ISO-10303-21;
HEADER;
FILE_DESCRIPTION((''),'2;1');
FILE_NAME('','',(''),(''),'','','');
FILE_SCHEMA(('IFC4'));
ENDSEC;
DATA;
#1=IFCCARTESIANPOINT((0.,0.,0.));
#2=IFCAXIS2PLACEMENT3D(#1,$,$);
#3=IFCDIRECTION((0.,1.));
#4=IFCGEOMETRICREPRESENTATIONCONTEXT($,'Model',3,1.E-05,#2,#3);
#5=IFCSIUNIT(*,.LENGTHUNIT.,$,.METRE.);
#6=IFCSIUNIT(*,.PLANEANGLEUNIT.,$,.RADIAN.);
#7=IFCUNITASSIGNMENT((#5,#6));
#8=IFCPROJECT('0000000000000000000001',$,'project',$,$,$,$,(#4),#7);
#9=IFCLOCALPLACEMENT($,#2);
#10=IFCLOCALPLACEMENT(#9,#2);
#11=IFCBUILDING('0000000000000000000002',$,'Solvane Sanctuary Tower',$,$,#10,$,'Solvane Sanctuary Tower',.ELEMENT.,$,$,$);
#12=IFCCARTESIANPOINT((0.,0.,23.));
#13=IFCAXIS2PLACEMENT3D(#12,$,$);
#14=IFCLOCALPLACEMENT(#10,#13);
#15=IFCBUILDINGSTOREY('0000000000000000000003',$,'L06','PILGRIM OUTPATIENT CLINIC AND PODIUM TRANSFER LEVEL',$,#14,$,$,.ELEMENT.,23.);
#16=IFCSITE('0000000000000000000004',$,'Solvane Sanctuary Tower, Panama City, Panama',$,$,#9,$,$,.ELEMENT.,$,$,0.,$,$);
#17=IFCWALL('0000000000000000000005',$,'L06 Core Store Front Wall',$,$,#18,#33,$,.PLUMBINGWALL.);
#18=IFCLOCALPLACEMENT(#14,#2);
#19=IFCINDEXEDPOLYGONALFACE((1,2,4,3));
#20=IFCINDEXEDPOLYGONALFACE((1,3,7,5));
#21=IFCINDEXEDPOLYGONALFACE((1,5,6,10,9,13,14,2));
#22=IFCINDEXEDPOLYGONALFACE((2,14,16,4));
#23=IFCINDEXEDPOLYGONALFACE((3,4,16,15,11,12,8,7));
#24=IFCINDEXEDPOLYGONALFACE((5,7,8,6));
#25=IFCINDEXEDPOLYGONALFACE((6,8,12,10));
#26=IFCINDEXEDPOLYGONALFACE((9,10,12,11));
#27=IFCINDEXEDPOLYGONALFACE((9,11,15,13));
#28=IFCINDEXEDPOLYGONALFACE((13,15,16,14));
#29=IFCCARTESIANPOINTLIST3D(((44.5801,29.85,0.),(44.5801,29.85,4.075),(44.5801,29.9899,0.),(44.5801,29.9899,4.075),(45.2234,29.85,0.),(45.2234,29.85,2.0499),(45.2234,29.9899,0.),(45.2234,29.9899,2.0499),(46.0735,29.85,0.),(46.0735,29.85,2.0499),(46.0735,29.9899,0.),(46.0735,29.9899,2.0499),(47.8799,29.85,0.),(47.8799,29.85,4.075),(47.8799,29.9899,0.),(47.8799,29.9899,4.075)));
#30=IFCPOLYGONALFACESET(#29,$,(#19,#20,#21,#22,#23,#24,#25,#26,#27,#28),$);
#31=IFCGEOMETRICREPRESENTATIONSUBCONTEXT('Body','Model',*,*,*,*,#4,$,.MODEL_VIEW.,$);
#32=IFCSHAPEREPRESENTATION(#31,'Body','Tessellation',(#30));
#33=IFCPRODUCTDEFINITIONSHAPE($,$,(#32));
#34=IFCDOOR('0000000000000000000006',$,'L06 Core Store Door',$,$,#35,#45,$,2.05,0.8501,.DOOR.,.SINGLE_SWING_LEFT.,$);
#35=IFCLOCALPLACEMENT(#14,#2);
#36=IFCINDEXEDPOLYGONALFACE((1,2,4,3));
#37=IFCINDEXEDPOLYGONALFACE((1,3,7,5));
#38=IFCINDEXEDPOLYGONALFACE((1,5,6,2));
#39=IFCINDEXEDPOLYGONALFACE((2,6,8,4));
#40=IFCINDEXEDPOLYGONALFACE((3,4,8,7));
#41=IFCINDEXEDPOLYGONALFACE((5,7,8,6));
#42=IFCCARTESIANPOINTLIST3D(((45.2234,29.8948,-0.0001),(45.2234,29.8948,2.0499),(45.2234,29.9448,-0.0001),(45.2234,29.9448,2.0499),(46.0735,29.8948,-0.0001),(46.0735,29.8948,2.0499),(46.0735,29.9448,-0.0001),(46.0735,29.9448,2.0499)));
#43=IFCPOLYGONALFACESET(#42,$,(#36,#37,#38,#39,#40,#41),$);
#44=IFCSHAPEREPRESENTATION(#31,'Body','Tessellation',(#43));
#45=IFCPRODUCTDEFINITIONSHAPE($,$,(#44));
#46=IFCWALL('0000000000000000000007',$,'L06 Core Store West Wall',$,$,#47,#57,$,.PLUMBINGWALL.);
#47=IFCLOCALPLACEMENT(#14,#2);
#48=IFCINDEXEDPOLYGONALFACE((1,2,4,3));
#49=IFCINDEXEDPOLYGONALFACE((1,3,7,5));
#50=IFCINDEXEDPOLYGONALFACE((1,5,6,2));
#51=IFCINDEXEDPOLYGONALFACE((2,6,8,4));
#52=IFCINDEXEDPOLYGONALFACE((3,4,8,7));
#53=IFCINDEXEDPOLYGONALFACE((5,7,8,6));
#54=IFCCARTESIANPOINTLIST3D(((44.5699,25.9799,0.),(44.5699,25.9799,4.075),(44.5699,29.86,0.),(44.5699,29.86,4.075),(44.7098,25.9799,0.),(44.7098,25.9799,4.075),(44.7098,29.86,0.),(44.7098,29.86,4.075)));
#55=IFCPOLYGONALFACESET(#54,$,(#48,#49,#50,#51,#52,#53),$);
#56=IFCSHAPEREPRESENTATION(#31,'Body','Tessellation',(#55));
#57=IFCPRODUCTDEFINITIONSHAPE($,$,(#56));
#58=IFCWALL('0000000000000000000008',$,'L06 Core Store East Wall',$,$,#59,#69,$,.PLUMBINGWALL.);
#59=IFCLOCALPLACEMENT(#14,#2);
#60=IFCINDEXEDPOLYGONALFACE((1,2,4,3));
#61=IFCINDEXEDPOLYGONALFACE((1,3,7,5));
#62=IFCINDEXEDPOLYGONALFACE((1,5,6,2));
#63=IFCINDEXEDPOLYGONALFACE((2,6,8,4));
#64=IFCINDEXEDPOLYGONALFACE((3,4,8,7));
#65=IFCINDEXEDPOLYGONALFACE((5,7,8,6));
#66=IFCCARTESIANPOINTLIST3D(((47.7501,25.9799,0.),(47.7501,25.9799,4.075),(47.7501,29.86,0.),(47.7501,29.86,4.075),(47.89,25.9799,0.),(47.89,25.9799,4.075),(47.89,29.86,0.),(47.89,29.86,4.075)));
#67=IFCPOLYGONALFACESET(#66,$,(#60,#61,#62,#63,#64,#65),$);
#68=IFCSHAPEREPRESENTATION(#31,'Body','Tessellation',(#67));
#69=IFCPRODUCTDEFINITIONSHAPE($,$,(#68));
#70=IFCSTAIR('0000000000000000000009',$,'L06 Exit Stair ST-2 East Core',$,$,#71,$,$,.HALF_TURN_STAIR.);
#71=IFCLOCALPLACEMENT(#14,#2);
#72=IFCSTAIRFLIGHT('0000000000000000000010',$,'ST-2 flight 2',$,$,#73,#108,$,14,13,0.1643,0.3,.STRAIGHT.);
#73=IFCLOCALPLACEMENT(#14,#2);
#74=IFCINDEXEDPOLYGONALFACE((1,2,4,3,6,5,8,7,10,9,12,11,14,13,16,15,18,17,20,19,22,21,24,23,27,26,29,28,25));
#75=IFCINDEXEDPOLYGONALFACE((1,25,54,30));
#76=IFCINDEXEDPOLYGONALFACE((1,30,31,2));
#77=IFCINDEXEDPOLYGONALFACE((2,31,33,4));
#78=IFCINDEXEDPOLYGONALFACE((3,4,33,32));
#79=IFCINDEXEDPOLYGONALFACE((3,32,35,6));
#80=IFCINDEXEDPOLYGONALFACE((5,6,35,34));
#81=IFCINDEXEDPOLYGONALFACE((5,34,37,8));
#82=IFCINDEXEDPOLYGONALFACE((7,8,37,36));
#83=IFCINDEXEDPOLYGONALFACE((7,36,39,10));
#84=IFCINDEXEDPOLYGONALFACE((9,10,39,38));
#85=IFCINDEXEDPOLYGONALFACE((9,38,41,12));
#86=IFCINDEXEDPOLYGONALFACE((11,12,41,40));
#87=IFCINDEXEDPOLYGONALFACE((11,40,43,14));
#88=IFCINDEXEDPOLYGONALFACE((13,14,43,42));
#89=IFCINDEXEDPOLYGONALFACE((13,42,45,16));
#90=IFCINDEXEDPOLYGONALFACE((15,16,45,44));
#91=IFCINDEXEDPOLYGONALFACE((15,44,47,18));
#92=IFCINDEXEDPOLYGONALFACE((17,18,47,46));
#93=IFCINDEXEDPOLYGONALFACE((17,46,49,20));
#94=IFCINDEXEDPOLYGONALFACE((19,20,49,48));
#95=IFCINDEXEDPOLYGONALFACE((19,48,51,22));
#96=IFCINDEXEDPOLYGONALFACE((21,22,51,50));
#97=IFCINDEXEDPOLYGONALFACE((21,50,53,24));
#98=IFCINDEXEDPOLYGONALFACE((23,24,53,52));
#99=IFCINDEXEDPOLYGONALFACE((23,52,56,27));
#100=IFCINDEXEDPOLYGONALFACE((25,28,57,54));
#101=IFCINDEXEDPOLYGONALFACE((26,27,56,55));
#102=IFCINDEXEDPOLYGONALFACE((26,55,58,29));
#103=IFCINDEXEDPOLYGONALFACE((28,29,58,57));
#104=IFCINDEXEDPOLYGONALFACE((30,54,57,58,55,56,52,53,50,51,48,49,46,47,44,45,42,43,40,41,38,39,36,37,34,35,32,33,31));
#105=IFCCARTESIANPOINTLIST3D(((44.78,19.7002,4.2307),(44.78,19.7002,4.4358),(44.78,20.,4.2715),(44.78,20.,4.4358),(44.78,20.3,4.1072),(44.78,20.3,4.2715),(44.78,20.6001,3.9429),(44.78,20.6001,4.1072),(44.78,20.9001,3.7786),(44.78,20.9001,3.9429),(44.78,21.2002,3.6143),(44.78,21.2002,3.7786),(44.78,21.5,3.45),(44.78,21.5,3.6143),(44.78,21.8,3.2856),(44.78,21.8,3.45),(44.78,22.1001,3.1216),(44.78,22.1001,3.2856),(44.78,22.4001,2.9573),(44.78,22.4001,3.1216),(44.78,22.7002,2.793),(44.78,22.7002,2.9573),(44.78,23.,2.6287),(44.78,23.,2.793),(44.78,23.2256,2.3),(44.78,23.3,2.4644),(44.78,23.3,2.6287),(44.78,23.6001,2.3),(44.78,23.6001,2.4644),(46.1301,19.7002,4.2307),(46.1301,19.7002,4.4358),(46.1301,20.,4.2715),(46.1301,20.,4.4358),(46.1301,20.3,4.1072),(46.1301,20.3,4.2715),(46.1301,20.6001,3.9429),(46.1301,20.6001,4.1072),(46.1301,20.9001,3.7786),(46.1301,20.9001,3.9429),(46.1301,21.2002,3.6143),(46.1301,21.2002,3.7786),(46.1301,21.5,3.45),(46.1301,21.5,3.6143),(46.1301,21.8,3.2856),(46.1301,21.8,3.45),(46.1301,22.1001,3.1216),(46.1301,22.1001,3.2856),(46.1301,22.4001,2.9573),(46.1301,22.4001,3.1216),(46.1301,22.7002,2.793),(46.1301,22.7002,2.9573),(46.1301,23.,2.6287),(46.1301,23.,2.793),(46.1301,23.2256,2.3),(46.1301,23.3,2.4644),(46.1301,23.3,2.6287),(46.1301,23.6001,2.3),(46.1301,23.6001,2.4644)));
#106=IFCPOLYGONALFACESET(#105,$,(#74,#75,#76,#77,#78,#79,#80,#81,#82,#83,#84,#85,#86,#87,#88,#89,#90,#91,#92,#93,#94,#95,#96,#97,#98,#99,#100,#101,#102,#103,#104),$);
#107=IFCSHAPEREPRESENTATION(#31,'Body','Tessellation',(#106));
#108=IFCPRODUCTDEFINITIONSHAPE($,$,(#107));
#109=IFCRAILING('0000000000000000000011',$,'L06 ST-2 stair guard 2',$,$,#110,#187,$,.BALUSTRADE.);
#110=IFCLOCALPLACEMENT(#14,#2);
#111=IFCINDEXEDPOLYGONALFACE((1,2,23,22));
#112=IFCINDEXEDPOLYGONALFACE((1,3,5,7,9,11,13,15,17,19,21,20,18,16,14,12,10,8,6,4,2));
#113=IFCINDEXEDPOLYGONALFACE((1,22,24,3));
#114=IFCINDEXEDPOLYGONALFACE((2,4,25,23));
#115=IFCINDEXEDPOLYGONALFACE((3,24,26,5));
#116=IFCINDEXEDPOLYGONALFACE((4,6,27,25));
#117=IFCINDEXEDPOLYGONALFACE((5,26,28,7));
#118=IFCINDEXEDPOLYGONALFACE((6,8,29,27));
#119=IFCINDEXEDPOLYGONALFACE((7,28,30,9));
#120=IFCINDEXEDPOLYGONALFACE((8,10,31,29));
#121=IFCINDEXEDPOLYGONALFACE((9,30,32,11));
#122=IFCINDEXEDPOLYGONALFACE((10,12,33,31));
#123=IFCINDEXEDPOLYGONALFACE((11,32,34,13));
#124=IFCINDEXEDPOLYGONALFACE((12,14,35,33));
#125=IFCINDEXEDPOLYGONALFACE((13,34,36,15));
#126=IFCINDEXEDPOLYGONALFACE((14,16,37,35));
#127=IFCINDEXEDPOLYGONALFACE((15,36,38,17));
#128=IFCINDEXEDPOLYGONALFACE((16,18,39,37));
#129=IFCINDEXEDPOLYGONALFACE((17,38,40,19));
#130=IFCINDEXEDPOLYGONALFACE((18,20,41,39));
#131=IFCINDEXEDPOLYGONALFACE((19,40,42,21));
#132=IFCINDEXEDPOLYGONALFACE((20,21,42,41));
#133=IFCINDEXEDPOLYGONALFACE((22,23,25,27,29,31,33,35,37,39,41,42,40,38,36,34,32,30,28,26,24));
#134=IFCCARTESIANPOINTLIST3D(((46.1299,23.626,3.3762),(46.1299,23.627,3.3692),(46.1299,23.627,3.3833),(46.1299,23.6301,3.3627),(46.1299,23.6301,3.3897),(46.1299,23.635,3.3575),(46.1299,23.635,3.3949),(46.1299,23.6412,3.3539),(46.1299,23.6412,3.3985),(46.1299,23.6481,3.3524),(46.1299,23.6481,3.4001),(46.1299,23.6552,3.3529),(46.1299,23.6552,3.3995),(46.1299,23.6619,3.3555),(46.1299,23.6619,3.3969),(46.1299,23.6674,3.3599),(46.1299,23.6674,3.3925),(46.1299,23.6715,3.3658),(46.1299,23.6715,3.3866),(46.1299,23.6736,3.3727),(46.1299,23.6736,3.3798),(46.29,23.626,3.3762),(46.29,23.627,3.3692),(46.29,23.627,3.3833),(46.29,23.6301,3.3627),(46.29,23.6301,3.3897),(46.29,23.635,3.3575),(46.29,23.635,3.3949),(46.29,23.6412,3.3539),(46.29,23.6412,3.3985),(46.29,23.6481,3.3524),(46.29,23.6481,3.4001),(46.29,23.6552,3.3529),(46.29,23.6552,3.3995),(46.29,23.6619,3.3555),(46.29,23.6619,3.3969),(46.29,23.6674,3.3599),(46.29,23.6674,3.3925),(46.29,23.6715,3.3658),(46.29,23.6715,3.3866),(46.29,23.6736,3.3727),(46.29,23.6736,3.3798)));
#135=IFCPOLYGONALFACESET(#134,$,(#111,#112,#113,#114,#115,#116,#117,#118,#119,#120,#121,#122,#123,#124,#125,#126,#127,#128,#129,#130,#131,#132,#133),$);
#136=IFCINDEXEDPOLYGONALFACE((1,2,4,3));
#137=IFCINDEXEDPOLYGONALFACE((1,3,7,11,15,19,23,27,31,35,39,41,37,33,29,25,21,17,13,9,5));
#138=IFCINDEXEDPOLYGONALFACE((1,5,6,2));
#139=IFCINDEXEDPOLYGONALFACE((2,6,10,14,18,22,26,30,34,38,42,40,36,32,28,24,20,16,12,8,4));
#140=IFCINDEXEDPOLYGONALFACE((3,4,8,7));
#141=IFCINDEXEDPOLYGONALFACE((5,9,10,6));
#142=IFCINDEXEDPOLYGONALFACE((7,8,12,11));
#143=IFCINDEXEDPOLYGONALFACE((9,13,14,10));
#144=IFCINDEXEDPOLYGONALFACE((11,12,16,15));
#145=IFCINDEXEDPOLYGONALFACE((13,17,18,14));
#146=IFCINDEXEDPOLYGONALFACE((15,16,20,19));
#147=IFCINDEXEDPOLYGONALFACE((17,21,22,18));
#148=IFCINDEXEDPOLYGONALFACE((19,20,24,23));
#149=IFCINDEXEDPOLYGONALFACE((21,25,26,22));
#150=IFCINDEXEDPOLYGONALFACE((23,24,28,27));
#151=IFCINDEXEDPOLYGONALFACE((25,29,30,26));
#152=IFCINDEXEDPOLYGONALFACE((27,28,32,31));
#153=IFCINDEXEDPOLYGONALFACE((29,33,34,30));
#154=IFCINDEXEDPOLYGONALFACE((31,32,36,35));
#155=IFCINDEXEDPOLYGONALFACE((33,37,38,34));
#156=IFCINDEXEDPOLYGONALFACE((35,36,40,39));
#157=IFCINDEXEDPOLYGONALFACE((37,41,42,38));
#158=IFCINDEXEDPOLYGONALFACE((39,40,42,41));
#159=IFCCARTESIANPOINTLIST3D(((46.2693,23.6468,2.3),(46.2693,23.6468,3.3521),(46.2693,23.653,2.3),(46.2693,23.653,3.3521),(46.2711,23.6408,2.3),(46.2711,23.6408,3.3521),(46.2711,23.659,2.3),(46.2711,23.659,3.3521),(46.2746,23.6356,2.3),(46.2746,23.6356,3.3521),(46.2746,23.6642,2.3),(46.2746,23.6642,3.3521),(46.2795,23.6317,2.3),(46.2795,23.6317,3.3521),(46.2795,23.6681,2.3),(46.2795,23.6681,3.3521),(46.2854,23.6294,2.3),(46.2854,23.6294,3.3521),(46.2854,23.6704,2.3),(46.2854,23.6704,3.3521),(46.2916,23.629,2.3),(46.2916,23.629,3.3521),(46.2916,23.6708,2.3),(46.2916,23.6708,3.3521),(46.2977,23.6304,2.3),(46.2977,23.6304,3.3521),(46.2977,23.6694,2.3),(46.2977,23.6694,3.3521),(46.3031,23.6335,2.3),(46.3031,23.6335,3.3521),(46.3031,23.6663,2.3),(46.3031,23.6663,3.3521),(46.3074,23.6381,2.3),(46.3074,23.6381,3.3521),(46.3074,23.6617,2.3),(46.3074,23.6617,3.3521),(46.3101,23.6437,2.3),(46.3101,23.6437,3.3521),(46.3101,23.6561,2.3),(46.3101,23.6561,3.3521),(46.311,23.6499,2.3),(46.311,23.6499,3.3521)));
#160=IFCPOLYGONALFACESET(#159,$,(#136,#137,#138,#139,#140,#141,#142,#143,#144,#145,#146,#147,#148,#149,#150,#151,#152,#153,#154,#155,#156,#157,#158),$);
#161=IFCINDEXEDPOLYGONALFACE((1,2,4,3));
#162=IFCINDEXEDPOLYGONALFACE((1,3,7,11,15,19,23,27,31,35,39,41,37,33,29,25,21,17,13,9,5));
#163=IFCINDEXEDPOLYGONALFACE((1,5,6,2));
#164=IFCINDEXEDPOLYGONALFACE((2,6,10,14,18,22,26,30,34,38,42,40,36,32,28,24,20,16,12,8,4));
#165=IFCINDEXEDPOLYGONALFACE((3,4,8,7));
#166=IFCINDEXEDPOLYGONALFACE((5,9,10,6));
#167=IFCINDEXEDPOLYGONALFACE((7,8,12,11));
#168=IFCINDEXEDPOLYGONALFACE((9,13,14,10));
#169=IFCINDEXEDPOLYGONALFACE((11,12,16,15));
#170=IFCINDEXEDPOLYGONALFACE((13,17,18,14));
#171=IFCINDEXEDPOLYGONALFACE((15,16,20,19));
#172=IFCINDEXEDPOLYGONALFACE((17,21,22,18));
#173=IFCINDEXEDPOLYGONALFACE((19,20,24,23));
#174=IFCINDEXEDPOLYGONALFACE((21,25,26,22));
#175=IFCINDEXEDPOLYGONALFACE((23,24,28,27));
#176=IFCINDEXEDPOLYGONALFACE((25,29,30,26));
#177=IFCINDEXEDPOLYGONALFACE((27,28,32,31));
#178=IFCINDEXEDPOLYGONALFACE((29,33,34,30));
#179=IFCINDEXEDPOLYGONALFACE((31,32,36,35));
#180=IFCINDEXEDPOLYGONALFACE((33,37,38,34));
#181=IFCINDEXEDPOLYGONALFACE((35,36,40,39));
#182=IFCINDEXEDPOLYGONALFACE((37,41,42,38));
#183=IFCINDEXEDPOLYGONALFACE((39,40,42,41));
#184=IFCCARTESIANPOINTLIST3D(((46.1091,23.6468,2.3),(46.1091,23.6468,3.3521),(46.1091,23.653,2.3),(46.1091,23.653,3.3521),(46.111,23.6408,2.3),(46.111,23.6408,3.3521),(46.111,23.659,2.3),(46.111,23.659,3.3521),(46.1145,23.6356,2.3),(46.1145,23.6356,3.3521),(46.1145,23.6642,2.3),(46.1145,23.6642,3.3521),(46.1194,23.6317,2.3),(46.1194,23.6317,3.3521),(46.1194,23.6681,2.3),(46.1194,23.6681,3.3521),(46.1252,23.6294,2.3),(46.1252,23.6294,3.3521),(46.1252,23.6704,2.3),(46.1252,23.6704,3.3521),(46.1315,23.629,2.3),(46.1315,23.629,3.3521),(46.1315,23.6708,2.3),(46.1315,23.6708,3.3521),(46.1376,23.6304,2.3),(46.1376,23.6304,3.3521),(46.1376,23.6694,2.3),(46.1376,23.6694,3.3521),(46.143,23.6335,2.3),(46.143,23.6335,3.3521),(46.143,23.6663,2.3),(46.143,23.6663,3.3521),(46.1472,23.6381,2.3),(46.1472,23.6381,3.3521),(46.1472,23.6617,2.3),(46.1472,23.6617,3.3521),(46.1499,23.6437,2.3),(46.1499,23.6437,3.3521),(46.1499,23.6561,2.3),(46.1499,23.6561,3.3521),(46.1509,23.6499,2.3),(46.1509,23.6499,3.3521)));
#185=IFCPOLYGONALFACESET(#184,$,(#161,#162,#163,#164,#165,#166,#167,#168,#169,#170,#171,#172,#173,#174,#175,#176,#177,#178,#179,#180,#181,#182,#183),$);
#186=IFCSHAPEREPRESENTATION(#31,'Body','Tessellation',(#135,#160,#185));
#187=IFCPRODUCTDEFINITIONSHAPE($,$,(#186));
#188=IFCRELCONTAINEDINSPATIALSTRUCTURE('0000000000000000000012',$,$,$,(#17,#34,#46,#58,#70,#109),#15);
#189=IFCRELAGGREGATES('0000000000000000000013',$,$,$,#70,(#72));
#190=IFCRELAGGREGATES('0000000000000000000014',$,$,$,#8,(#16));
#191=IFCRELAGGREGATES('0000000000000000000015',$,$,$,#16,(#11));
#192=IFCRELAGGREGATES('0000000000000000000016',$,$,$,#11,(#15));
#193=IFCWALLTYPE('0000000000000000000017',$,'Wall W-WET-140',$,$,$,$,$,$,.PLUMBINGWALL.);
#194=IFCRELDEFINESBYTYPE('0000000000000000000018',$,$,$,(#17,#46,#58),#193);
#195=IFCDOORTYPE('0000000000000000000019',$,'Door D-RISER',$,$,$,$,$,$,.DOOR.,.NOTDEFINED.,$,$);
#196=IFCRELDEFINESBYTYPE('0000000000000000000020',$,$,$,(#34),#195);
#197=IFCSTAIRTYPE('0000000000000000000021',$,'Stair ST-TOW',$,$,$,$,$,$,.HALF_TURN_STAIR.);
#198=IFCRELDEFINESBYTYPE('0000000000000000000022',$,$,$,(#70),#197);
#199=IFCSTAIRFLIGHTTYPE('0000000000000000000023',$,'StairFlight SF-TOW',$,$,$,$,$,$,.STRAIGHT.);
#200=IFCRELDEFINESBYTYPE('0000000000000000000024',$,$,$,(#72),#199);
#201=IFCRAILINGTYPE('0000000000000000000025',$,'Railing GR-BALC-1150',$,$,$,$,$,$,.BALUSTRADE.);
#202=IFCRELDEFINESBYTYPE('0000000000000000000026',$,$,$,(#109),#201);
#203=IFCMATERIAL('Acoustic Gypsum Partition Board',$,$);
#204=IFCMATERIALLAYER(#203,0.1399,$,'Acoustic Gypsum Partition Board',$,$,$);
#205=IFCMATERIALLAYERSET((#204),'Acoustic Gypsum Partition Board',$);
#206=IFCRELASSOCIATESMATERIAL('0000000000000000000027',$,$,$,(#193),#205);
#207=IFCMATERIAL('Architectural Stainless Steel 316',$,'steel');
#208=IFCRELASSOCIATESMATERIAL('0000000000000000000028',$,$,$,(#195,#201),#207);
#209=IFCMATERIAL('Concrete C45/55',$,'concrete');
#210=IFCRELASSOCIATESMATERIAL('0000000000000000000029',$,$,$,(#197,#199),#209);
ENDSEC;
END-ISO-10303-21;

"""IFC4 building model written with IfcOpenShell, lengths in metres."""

from ifc_helpers import new_model, si_unit, direction, frame, frame_2d, origin, origin_2d, place, context, subcontext, project, spatial, polyline, rectangle, circle, outline, extrude, material, layer, layer_set, type_object, element, fill, aggregate, save


model = new_model("IFC4")

# Units and contexts
model_context = context("Model", 3, precision=1e-05, world=origin(), true_north=direction((0.0, 1.0)))
body_context = subcontext(model_context, "Body", "Model", "MODEL_VIEW")
ifc_project = project(units=[si_unit("LENGTHUNIT", "METRE"), si_unit("PLANEANGLEUNIT", "RADIAN")], contexts=[model_context])

# Site, building, storey
site_placement = place(None, origin())
site = spatial("IfcSite", under=ifc_project, at=site_placement, Name="Solvane Sanctuary Tower, Panama City, Panama", CompositionType="ELEMENT", RefElevation=0.0)
building_placement = place(site_placement, origin())
building = spatial("IfcBuilding", under=site, at=building_placement, Name="Solvane Sanctuary Tower", LongName="Solvane Sanctuary Tower", CompositionType="ELEMENT")
storey_placement = place(building_placement, frame((0.0, 0.0, 23.0)))
storey = spatial("IfcBuildingStorey", under=building, at=storey_placement, Name="L06", Description="PILGRIM OUTPATIENT CLINIC AND PODIUM TRANSFER LEVEL", CompositionType="ELEMENT", Elevation=23.0)

# Shared definitions
ifc_material_1 = material(Name="Acoustic Gypsum Partition Board")

# Shared definitions
ifc_material_2 = material(Name="Architectural Stainless Steel 316", Category="steel")

# Wall, opening, door
ifc_layer_1 = layer(ifc_material_1, 0.1399, Name="Acoustic Gypsum Partition Board")
ifc_layer_set_1 = layer_set([ifc_layer_1], Name="Acoustic Gypsum Partition Board")
wall_type_1 = type_object("IfcWallType", Name="Wall W-WET-140", PredefinedType="PLUMBINGWALL", material=ifc_layer_set_1)
wall_1_placement = place(storey_placement, frame((44.5801, 29.9199, 0.0), z_axis=(0.0, 0.0, 1.0), x_axis=(1.0, 0.0, 0.0)))
wall_1 = element("IfcWall", 1, at=wall_1_placement, inside=storey, type_object=wall_type_1, Name="L06 Core Store Front Wall", PredefinedType="PLUMBINGWALL", context=body_context, shape_type="SweptSolid", body=[
    extrude(rectangle(XDim=3.2998, YDim=0.1399, at=frame_2d((1.6499, 0.0))), origin(), (0.0, 0.0, 1.0), 4.075),
])
opening_1_placement = place(wall_1_placement, frame((0.6433, 0.0, 0.0)))
opening_1 = element("IfcOpeningElement", 2, at=opening_1_placement, cuts=wall_1, PredefinedType="OPENING", context=body_context, shape_type="SweptSolid", body=[
    extrude(rectangle(XDim=0.8501, YDim=2.05, at=frame_2d((0.425, 1.0249))), frame((0.0, 0.0798, 0.0), z_axis=(0.0, -1.0, 0.0), x_axis=(1.0, 0.0, 0.0)), (0.0, 0.0, 1.0), 0.1599),
])
door_type_1 = type_object("IfcDoorType", Name="Door D-RISER", OperationType="NOTDEFINED", PredefinedType="DOOR", material=ifc_material_2)
door_1_placement = place(opening_1_placement, origin())
door_1 = element("IfcDoor", 3, at=door_1_placement, inside=storey, type_object=door_type_1, Name="L06 Core Store Door", OperationType="SINGLE_SWING_LEFT", OverallHeight=2.05, OverallWidth=0.8501, PredefinedType="DOOR", context=body_context, shape_type="SweptSolid", body=[
    extrude(rectangle(XDim=0.8501, YDim=2.05, at=frame_2d((0.425, 1.0249))), frame((0.0, 0.0249, 0.0), z_axis=(0.0, -1.0, 0.0), x_axis=(1.0, 0.0, 0.0)), (0.0, 0.0, 1.0), 0.05),
])
fill(opening_1, door_1)

# Walls
for number, where, z_axis, x_axis, name in (
    (4, (44.6399, 25.98, 0.0), (0.0, 0.0, 1.0), (0.0, 1.0, 0.0), "L06 Core Store West Wall"),
    (5, (47.8201, 25.98, 0.0), (0.0, 0.0, 1.0), (0.0, 1.0, 0.0), "L06 Core Store East Wall"),
):
    element("IfcWall", number, at=place(storey_placement, frame(where, z_axis=z_axis, x_axis=x_axis)), inside=storey, type_object=wall_type_1, Name=name, PredefinedType="PLUMBINGWALL", context=body_context, shape_type="SweptSolid", body=[
        extrude(rectangle(XDim=3.8801, YDim=0.1399, at=frame_2d((1.9399, 0.0))), origin(), (0.0, 0.0, 1.0), 4.075),
    ])

# Stair, stair flight
ifc_material_3 = material(Name="Concrete C45/55", Category="concrete")
stair_type = type_object("IfcStairType", Name="Stair ST-TOW", PredefinedType="HALF_TURN_STAIR", material=ifc_material_3)
stair_placement = place(storey_placement, origin())
stair = element("IfcStair", 6, at=stair_placement, inside=storey, type_object=stair_type, Name="L06 Exit Stair ST-2 East Core", PredefinedType="HALF_TURN_STAIR")
stair_flight_type = type_object("IfcStairFlightType", Name="StairFlight SF-TOW", PredefinedType="STRAIGHT", material=ifc_material_3)
stair_flight_placement = place(storey_placement, frame((45.4551, 23.6001, 2.3), z_axis=(0.0, 0.0, 1.0), x_axis=(0.0, -1.0, 0.0)))
stair_flight = element("IfcStairFlight", 7, at=stair_flight_placement, type_object=stair_flight_type, Name="ST-2 flight 2", NumberOfRisers=14, NumberOfTreads=13, PredefinedType="STRAIGHT", RiserHeight=0.1643, TreadLength=0.3, context=body_context, shape_type="SweptSolid", body=[
    extrude(outline(polyline([(0.0, 0.0), (0.0, 0.1643), (0.3, 0.1643), (0.3, 0.3286), (0.6001, 0.3286), (0.6001, 0.4929), (0.8999, 0.4929), (0.8999, 0.6572), (1.2, 0.6572), (1.2, 0.8215), (1.5, 0.8215), (1.5, 0.9856), (1.8, 0.9856), (1.8, 1.1499), (2.1001, 1.1499), (2.1001, 1.3142), (2.3999, 1.3142), (2.3999, 1.4785), (2.7, 1.4785), (2.7, 1.6428), (3.0, 1.6428), (3.0, 1.8071), (3.3, 1.8071), (3.3, 1.9714), (3.6001, 1.9714), (3.6001, 2.1357), (3.8999, 2.1357), (3.8999, 2.3), (3.8999, 1.9307), (0.3745, 0.0), (0.0, 0.0)])), frame((0.0, 0.675, 0.0), z_axis=(0.0, -1.0, 0.0), x_axis=(1.0, 0.0, 0.0)), (0.0, 0.0, 1.0), 1.3501),
])
aggregate(stair, [stair_flight])

# Railing
railing_type_1 = type_object("IfcRailingType", Name="Railing GR-BALC-1150", PredefinedType="BALUSTRADE", material=ifc_material_2)
railing_1_placement = place(storey_placement, frame((46.29, 23.6499, 2.3)))
element("IfcRailing", 8, at=railing_1_placement, inside=storey, type_object=railing_type_1, Name="L06 ST-2 stair guard 2", PredefinedType="BALUSTRADE", context=body_context, shape_type="SweptSolid", body=[
    extrude(circle(Radius=0.0239, at=origin_2d()), frame((0.0, 0.0, 1.0762), z_axis=(-1.0, 0.0, 0.0), x_axis=(0.0, -1.0, 0.0)), (0.0, 0.0, 1.0), 0.1602),
    extrude(circle(Radius=0.021, at=origin_2d()), origin(), (0.0, 0.0, 1.0), 1.052),
    extrude(circle(Radius=0.021, at=origin_2d()), frame((-0.1602, 0.0, 0.0)), (0.0, 0.0, 1.0), 1.052),
])

save(model, "model.ifc")
